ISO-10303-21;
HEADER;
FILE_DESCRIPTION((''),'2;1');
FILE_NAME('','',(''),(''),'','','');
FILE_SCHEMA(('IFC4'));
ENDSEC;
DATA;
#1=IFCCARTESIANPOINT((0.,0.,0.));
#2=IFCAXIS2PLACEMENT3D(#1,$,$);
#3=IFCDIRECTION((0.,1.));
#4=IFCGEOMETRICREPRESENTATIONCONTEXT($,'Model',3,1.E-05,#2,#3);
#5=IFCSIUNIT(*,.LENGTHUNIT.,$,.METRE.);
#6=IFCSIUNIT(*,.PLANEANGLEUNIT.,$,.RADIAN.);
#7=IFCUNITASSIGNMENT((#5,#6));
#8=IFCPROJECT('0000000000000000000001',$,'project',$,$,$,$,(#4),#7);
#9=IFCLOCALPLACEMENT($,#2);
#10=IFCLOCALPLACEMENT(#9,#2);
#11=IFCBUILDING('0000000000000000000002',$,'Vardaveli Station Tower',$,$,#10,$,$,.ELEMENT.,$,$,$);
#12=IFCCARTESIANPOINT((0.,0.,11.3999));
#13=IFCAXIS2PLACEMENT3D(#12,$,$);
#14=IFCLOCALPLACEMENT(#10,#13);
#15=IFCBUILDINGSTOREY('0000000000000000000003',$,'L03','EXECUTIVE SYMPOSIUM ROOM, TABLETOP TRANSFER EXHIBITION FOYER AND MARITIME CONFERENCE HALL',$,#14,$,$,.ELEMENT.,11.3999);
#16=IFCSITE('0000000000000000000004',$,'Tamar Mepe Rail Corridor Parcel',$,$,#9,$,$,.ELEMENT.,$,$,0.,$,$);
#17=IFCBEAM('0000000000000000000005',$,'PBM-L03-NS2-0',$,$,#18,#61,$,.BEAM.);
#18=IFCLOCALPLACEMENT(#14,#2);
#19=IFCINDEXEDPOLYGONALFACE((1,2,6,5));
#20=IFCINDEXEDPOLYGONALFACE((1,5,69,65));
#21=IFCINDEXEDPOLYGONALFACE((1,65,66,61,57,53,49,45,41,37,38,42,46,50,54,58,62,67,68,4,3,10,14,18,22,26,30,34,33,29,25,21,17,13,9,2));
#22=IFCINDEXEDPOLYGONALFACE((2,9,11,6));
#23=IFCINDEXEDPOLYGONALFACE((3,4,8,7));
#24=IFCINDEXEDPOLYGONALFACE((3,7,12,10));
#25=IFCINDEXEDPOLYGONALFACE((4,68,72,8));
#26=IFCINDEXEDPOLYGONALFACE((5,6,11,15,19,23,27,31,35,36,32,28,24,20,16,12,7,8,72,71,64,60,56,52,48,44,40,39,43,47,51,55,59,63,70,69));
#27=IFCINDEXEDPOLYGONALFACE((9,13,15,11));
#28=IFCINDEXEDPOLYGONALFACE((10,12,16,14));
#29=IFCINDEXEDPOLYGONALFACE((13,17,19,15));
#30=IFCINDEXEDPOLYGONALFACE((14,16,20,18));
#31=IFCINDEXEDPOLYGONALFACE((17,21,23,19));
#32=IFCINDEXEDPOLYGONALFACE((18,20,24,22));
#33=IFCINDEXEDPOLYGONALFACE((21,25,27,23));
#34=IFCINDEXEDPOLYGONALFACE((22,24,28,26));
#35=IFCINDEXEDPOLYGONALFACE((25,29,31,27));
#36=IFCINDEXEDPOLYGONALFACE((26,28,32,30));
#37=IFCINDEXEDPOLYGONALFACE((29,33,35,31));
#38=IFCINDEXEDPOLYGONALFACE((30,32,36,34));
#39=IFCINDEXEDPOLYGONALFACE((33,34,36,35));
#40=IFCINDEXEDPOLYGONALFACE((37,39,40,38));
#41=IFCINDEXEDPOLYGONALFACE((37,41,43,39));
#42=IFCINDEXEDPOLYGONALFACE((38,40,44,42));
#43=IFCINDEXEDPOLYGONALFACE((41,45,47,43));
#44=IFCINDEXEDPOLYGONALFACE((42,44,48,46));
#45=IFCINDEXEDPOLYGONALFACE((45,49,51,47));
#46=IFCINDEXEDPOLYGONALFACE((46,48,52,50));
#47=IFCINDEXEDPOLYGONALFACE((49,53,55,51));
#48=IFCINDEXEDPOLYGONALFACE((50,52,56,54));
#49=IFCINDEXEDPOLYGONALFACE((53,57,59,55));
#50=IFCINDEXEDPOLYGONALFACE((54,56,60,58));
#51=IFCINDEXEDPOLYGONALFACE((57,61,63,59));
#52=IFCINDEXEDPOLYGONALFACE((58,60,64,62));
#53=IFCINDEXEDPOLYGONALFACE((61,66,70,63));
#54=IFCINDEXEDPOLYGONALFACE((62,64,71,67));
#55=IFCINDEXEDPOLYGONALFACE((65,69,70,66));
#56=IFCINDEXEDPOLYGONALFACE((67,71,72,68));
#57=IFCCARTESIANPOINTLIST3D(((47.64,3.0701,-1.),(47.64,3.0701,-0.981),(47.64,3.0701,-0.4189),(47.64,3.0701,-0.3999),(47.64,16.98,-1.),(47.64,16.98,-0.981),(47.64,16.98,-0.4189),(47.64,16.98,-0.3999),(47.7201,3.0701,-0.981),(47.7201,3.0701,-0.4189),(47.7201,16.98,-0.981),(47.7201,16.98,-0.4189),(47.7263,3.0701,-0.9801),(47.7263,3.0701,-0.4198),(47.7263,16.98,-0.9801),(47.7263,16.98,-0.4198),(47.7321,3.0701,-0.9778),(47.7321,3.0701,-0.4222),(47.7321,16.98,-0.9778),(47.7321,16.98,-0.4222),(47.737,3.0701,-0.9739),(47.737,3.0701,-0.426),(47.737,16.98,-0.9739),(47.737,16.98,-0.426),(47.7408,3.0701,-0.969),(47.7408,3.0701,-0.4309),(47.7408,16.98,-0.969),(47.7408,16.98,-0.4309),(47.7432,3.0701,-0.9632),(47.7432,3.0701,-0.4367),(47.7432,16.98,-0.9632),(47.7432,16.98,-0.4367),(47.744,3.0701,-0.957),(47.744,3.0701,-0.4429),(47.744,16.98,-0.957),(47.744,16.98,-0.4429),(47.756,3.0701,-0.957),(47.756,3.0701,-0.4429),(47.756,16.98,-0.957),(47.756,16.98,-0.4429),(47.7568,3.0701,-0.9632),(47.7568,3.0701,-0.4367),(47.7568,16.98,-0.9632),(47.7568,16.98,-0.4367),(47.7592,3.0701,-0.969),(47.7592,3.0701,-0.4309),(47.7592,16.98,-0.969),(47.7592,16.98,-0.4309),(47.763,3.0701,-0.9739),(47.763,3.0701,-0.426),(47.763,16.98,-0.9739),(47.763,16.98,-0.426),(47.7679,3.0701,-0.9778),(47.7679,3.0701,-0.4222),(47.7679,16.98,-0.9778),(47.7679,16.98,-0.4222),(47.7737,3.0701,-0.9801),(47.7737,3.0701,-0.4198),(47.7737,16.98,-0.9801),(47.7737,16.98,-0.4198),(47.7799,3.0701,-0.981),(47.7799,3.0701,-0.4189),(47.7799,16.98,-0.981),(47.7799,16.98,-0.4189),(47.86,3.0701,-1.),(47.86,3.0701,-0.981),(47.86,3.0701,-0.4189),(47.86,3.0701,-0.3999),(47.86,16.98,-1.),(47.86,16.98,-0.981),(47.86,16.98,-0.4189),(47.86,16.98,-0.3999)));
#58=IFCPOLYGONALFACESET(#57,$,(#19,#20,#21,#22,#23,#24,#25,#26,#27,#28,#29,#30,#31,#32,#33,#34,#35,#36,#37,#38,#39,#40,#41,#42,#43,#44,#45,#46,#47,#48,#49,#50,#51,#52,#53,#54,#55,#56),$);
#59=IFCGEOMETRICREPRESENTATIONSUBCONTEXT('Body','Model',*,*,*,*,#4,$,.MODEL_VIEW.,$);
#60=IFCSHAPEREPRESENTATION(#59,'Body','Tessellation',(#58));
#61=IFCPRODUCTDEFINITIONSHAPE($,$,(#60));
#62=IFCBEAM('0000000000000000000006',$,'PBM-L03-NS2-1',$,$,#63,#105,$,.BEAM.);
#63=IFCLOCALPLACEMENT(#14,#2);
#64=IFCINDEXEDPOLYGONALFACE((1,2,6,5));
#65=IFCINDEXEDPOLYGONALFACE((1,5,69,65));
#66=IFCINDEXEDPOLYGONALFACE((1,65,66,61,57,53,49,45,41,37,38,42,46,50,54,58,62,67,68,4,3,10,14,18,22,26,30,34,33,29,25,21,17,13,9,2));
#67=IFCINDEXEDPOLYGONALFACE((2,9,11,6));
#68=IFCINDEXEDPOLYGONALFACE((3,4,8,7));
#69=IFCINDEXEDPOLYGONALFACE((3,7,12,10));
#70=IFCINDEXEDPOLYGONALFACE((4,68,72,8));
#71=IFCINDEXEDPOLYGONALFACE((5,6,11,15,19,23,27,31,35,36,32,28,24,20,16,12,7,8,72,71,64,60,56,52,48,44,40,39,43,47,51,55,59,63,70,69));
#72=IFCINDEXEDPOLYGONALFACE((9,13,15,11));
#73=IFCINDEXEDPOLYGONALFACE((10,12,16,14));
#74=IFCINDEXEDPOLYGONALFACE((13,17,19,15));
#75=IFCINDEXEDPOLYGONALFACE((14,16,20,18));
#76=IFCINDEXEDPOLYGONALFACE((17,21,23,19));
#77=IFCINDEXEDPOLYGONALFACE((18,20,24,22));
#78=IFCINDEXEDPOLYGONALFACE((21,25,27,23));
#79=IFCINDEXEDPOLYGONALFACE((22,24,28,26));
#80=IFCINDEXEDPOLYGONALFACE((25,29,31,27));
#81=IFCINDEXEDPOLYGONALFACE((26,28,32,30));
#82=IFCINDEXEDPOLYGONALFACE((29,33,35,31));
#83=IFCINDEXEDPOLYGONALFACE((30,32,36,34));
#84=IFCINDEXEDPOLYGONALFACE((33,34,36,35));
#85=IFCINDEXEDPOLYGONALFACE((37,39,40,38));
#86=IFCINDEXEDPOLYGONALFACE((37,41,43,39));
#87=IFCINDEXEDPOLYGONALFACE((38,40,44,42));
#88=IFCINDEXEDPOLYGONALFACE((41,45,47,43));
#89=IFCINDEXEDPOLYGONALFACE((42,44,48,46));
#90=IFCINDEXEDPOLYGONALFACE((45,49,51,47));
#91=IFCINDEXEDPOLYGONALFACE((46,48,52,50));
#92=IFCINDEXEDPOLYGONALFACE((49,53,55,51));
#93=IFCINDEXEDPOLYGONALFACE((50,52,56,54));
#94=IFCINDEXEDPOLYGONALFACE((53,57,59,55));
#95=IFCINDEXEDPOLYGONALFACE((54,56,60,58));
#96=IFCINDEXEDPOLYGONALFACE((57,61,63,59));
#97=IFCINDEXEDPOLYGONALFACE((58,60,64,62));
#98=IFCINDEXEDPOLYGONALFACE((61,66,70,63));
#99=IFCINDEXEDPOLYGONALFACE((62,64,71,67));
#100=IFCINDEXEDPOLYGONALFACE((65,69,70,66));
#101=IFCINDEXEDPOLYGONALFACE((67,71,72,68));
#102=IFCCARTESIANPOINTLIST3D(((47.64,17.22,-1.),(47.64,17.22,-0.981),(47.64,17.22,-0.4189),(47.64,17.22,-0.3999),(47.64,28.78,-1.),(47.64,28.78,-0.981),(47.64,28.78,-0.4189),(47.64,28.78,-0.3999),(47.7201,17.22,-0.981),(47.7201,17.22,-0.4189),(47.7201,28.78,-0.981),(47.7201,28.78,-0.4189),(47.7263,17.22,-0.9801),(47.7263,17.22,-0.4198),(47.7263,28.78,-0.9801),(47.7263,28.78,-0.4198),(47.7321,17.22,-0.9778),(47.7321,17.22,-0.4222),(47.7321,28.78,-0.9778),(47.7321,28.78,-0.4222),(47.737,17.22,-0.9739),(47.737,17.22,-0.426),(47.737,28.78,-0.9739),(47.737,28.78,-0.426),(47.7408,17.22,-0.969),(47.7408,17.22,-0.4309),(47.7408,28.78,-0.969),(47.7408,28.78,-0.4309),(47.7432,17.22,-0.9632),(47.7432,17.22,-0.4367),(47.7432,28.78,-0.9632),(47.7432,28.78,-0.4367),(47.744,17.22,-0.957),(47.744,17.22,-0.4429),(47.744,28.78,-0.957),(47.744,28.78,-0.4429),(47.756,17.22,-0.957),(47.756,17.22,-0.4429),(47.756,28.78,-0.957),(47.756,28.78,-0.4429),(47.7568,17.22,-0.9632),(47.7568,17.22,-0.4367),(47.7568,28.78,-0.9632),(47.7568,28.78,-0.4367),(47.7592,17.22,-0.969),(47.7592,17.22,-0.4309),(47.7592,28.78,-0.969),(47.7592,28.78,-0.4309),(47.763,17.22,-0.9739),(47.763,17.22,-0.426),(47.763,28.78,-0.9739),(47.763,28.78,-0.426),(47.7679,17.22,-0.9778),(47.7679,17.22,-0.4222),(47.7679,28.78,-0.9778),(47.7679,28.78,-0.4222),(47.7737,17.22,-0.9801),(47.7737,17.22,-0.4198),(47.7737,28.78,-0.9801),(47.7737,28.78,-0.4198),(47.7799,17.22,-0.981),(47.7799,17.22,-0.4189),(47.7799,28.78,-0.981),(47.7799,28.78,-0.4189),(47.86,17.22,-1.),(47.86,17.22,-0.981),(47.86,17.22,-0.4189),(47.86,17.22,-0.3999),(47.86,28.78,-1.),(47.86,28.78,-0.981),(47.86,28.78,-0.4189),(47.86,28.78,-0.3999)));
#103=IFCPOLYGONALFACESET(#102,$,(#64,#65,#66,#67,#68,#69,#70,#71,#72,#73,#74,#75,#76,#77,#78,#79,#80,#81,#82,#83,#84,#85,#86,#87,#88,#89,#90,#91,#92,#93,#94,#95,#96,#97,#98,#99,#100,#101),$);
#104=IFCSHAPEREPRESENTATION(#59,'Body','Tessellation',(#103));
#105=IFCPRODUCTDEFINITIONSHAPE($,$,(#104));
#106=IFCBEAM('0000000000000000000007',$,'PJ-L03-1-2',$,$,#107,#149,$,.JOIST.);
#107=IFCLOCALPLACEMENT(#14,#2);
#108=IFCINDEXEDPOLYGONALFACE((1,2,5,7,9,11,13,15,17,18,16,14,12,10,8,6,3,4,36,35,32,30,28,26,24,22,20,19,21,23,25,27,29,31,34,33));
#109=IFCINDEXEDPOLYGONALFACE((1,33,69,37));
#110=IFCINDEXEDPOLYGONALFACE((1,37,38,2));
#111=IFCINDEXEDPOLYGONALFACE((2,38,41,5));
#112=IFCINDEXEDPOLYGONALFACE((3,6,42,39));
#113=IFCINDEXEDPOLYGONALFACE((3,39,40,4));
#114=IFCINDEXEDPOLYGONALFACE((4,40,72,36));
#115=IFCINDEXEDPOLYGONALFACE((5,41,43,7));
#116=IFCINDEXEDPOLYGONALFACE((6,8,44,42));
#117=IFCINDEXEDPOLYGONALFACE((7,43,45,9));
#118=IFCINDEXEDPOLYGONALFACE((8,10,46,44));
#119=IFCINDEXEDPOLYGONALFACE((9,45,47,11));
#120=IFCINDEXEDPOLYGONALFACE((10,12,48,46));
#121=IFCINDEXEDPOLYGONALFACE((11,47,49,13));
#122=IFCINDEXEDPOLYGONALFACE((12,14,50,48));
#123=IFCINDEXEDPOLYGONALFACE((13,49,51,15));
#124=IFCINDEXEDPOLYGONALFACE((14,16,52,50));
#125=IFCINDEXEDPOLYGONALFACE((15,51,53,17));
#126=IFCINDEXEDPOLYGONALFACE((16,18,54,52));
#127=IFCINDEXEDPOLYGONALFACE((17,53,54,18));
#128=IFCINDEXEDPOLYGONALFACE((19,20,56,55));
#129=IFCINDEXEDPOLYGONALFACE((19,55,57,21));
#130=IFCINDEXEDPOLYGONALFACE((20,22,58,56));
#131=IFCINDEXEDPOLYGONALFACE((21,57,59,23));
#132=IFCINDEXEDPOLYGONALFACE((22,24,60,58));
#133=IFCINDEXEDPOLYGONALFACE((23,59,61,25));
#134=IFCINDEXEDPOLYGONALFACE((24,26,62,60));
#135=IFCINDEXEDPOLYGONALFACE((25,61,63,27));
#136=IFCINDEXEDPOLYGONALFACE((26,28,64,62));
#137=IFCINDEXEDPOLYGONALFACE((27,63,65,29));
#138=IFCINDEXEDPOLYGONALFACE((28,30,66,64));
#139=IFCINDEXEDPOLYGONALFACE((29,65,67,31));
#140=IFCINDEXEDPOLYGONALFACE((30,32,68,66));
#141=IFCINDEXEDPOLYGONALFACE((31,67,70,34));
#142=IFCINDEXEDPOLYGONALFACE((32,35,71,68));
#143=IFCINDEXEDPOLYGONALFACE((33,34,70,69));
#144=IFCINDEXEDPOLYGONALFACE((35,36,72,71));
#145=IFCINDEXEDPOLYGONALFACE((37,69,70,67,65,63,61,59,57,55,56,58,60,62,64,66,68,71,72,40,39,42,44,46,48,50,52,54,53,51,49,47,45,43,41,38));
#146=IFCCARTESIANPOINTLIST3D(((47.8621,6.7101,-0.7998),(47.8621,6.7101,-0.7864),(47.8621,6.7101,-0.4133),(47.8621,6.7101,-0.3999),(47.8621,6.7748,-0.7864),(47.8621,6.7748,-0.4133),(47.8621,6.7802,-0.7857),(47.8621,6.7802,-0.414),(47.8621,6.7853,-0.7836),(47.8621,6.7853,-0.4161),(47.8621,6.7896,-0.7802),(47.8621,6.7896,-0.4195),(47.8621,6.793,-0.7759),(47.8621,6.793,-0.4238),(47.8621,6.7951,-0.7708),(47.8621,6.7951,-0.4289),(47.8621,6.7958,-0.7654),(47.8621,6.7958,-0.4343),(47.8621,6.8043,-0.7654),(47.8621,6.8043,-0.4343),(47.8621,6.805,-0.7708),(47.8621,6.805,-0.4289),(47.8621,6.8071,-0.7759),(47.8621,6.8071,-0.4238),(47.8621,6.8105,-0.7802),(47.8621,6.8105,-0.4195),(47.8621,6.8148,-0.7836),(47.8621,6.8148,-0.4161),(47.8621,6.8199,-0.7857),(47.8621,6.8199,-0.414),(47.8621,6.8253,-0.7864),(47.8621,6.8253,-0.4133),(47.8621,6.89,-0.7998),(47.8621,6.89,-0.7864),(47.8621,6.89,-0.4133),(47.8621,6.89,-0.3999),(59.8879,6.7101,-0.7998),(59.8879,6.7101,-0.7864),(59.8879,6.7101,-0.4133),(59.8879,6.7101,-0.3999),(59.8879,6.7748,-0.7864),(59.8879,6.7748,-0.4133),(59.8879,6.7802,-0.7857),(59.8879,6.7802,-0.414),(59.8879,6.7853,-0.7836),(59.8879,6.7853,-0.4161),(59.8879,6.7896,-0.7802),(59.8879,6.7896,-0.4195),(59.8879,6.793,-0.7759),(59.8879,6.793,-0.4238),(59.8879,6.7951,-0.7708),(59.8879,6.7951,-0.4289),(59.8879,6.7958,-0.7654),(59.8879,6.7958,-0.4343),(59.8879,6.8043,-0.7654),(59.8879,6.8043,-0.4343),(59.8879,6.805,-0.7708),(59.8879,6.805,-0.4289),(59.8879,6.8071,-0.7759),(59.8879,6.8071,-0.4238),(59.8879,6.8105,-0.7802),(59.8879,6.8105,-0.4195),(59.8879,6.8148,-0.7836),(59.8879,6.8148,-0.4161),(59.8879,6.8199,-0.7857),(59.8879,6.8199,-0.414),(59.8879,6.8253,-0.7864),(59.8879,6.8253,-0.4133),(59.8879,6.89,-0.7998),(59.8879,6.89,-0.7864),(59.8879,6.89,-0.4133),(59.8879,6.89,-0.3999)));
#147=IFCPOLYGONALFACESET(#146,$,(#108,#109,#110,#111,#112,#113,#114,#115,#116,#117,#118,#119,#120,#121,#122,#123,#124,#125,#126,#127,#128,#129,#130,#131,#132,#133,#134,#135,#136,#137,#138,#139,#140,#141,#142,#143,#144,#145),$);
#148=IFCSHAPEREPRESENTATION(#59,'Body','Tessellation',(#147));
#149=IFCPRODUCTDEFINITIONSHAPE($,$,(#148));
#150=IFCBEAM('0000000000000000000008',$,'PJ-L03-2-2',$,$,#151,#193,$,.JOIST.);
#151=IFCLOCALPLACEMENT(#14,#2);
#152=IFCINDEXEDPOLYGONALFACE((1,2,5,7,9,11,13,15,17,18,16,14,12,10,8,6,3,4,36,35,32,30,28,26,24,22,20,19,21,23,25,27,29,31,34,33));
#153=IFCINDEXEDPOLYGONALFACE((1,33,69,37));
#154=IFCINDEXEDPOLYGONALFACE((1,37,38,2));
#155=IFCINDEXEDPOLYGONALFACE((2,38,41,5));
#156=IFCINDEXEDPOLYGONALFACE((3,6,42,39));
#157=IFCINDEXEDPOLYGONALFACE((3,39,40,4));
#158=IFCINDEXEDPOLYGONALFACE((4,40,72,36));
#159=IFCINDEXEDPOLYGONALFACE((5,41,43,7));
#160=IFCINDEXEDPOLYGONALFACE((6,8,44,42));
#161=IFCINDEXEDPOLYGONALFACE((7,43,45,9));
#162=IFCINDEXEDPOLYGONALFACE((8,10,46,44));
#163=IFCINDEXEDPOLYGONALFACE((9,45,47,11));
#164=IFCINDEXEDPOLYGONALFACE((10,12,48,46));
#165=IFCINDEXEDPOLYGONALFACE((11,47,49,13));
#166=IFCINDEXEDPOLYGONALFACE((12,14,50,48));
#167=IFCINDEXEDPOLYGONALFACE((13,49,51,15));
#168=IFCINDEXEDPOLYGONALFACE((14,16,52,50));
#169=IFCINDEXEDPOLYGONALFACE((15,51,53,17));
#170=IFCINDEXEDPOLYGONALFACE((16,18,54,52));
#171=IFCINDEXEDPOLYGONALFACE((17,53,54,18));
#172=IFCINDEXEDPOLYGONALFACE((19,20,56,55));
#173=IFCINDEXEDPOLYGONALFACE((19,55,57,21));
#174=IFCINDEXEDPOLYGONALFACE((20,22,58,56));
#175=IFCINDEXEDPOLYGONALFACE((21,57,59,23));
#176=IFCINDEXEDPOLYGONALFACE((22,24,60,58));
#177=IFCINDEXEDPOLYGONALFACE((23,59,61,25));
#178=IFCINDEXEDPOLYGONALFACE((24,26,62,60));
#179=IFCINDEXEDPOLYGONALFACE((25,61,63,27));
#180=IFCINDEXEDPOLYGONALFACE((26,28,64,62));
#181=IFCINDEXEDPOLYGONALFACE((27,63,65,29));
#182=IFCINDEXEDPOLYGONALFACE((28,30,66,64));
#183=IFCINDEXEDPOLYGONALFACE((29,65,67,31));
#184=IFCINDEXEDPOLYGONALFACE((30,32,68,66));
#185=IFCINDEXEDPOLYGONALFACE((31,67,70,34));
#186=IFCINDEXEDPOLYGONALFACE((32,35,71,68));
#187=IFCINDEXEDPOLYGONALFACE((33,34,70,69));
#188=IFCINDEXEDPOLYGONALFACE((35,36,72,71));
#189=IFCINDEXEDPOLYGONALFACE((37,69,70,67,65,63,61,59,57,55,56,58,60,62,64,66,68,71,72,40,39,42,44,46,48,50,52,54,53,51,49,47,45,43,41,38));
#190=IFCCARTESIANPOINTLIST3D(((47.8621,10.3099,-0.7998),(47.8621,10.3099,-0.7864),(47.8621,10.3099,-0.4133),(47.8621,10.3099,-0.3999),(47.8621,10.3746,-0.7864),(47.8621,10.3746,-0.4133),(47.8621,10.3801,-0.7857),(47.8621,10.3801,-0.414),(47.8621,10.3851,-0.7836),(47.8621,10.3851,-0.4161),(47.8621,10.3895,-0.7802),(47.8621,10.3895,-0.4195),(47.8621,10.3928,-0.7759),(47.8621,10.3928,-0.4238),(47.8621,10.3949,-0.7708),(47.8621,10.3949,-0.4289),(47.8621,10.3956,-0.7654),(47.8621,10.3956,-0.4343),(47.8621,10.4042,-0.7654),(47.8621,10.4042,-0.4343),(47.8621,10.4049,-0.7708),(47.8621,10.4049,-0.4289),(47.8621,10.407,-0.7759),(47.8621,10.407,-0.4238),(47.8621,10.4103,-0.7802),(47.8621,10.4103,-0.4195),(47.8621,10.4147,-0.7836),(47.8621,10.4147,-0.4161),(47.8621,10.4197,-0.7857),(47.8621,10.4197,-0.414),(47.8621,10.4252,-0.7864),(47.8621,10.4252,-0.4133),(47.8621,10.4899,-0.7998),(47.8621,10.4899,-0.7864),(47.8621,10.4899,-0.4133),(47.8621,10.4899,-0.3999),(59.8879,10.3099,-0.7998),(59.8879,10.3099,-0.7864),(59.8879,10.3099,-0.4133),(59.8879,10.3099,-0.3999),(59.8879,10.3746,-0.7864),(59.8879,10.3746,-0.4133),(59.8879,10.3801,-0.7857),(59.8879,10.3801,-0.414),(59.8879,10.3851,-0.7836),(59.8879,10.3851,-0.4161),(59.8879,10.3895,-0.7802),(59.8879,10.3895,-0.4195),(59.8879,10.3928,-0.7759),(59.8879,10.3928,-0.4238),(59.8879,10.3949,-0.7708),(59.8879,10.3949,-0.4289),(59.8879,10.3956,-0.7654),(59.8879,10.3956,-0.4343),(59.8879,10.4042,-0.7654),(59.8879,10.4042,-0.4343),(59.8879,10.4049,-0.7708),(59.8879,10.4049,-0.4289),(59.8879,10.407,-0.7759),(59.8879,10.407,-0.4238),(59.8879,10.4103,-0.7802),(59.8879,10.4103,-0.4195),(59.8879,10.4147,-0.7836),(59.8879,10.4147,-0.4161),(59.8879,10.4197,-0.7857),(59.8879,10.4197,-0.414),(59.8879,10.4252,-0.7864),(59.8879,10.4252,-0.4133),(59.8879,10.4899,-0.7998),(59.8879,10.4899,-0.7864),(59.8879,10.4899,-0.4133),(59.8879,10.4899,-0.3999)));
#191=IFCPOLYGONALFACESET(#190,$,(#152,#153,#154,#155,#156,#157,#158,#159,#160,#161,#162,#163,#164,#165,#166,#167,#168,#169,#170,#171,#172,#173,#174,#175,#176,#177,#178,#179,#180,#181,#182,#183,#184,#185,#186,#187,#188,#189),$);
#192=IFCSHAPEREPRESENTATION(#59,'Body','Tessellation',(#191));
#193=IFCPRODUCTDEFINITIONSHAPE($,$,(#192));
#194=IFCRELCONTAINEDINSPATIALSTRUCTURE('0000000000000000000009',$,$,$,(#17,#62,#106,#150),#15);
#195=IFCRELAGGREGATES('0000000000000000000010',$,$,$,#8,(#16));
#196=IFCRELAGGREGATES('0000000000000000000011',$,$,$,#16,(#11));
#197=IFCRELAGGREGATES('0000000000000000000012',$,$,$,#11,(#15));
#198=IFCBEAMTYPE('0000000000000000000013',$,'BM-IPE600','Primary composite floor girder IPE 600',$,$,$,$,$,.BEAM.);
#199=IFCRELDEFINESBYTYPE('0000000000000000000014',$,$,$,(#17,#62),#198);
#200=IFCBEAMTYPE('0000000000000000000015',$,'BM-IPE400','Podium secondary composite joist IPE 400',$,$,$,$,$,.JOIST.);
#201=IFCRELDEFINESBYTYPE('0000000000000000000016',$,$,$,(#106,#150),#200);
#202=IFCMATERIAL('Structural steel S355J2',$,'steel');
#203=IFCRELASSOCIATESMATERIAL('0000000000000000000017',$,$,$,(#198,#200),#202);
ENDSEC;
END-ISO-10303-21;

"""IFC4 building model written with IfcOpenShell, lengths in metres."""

from ifc_helpers import new_model, si_unit, direction, frame, origin, origin_2d, place, context, subcontext, project, spatial, i_section, extrude, source, transform, mapped, material, material_profile, profile_set, type_object, element, save


model = new_model("IFC4")

# Units and contexts
model_context = context("Model", 3, precision=1e-05, world=origin(), true_north=direction((0.0, 1.0)))
body_context = subcontext(model_context, "Body", "Model", "MODEL_VIEW")
ifc_project = project(units=[si_unit("LENGTHUNIT", "METRE"), si_unit("PLANEANGLEUNIT", "RADIAN")], contexts=[model_context])

# Site, building, storey
site_placement = place(None, origin())
site = spatial("IfcSite", under=ifc_project, at=site_placement, Name="Tamar Mepe Rail Corridor Parcel", CompositionType="ELEMENT", RefElevation=0.0)
building_placement = place(site_placement, origin())
building = spatial("IfcBuilding", under=site, at=building_placement, Name="Vardaveli Station Tower", CompositionType="ELEMENT")
storey_placement = place(building_placement, frame((0.0, 0.0, 11.3999)))
storey = spatial("IfcBuildingStorey", under=building, at=storey_placement, Name="L03", Description="EXECUTIVE SYMPOSIUM ROOM, TABLETOP TRANSFER EXHIBITION FOYER AND MARITIME CONFERENCE HALL", CompositionType="ELEMENT", Elevation=11.3999)

# Beams
ifc_material_1 = material(Name="Structural steel S355J2", Category="steel")
ifc_material_profile_1 = material_profile(ifc_material_1, i_section(OverallWidth=0.22, OverallDepth=0.6001, WebThickness=0.012, FlangeThickness=0.019, FilletRadius=0.0239, at=origin_2d()), Name="IPE 600")
ifc_profile_set_1 = profile_set([ifc_material_profile_1], Name="Structural steel S355J2")
beam_type_1 = type_object("IfcBeamType", Name="BM-IPE600", Description="Primary composite floor girder IPE 600", PredefinedType="BEAM", material=ifc_profile_set_1)
shared_shape_1 = source(origin(), body_context, "Body", "SweptSolid", [
    extrude(i_section(OverallWidth=0.22, OverallDepth=0.6001, WebThickness=0.012, FlangeThickness=0.019, FilletRadius=0.0239, at=origin_2d()), origin(), (0.0, 0.0, 1.0), 13.9099),
])
beam_1_placement = place(storey_placement, frame((47.75, 3.0701, -0.7), z_axis=(0.0, 1.0, 0.0), x_axis=(-1.0, 0.0, 0.0)))
element("IfcBeam", 1, at=beam_1_placement, inside=storey, type_object=beam_type_1, Name="PBM-L03-NS2-0", PredefinedType="BEAM", context=body_context, shape_type="MappedRepresentation", body=[
    mapped(shared_shape_1, transform((0.0, 0.0, 0.0), scale=1.0)),
])
shared_shape_2 = source(origin(), body_context, "Body", "SweptSolid", [
    extrude(i_section(OverallWidth=0.22, OverallDepth=0.6001, WebThickness=0.012, FlangeThickness=0.019, FilletRadius=0.0239, at=origin_2d()), origin(), (0.0, 0.0, 1.0), 11.5601),
])
beam_2_placement = place(storey_placement, frame((47.75, 17.22, -0.7), z_axis=(0.0, 1.0, 0.0), x_axis=(-1.0, 0.0, 0.0)))
element("IfcBeam", 2, at=beam_2_placement, inside=storey, type_object=beam_type_1, Name="PBM-L03-NS2-1", PredefinedType="BEAM", context=body_context, shape_type="MappedRepresentation", body=[
    mapped(shared_shape_2, transform((0.0, 0.0, 0.0), scale=1.0)),
])
ifc_material_profile_2 = material_profile(ifc_material_1, i_section(OverallWidth=0.1799, OverallDepth=0.3999, WebThickness=0.0085, FlangeThickness=0.0134, FilletRadius=0.021, at=origin_2d()), Name="IPE 400")
ifc_profile_set_2 = profile_set([ifc_material_profile_2], Name="Structural steel S355J2")
beam_type_2 = type_object("IfcBeamType", Name="BM-IPE400", Description="Podium secondary composite joist IPE 400", PredefinedType="JOIST", material=ifc_profile_set_2)
shared_shape_3 = source(origin(), body_context, "Body", "SweptSolid", [
    extrude(i_section(OverallWidth=0.1799, OverallDepth=0.3999, WebThickness=0.0085, FlangeThickness=0.0134, FilletRadius=0.021, at=origin_2d()), origin(), (0.0, 0.0, 1.0), 12.0259),
])
for number, where, z_axis, x_axis, name in (
    (3, (47.8621, 6.8, -0.5999), (1.0, 0.0, 0.0), (0.0, 1.0, 0.0), "PJ-L03-1-2"),
    (4, (47.8621, 10.3999, -0.5999), (1.0, 0.0, 0.0), (0.0, 1.0, 0.0), "PJ-L03-2-2"),
):
    element("IfcBeam", number, at=place(storey_placement, frame(where, z_axis=z_axis, x_axis=x_axis)), inside=storey, type_object=beam_type_2, Name=name, PredefinedType="JOIST", context=body_context, shape_type="MappedRepresentation", body=[
        mapped(shared_shape_3, transform((0.0, 0.0, 0.0), scale=1.0)),
    ])

save(model, "model.ifc")
